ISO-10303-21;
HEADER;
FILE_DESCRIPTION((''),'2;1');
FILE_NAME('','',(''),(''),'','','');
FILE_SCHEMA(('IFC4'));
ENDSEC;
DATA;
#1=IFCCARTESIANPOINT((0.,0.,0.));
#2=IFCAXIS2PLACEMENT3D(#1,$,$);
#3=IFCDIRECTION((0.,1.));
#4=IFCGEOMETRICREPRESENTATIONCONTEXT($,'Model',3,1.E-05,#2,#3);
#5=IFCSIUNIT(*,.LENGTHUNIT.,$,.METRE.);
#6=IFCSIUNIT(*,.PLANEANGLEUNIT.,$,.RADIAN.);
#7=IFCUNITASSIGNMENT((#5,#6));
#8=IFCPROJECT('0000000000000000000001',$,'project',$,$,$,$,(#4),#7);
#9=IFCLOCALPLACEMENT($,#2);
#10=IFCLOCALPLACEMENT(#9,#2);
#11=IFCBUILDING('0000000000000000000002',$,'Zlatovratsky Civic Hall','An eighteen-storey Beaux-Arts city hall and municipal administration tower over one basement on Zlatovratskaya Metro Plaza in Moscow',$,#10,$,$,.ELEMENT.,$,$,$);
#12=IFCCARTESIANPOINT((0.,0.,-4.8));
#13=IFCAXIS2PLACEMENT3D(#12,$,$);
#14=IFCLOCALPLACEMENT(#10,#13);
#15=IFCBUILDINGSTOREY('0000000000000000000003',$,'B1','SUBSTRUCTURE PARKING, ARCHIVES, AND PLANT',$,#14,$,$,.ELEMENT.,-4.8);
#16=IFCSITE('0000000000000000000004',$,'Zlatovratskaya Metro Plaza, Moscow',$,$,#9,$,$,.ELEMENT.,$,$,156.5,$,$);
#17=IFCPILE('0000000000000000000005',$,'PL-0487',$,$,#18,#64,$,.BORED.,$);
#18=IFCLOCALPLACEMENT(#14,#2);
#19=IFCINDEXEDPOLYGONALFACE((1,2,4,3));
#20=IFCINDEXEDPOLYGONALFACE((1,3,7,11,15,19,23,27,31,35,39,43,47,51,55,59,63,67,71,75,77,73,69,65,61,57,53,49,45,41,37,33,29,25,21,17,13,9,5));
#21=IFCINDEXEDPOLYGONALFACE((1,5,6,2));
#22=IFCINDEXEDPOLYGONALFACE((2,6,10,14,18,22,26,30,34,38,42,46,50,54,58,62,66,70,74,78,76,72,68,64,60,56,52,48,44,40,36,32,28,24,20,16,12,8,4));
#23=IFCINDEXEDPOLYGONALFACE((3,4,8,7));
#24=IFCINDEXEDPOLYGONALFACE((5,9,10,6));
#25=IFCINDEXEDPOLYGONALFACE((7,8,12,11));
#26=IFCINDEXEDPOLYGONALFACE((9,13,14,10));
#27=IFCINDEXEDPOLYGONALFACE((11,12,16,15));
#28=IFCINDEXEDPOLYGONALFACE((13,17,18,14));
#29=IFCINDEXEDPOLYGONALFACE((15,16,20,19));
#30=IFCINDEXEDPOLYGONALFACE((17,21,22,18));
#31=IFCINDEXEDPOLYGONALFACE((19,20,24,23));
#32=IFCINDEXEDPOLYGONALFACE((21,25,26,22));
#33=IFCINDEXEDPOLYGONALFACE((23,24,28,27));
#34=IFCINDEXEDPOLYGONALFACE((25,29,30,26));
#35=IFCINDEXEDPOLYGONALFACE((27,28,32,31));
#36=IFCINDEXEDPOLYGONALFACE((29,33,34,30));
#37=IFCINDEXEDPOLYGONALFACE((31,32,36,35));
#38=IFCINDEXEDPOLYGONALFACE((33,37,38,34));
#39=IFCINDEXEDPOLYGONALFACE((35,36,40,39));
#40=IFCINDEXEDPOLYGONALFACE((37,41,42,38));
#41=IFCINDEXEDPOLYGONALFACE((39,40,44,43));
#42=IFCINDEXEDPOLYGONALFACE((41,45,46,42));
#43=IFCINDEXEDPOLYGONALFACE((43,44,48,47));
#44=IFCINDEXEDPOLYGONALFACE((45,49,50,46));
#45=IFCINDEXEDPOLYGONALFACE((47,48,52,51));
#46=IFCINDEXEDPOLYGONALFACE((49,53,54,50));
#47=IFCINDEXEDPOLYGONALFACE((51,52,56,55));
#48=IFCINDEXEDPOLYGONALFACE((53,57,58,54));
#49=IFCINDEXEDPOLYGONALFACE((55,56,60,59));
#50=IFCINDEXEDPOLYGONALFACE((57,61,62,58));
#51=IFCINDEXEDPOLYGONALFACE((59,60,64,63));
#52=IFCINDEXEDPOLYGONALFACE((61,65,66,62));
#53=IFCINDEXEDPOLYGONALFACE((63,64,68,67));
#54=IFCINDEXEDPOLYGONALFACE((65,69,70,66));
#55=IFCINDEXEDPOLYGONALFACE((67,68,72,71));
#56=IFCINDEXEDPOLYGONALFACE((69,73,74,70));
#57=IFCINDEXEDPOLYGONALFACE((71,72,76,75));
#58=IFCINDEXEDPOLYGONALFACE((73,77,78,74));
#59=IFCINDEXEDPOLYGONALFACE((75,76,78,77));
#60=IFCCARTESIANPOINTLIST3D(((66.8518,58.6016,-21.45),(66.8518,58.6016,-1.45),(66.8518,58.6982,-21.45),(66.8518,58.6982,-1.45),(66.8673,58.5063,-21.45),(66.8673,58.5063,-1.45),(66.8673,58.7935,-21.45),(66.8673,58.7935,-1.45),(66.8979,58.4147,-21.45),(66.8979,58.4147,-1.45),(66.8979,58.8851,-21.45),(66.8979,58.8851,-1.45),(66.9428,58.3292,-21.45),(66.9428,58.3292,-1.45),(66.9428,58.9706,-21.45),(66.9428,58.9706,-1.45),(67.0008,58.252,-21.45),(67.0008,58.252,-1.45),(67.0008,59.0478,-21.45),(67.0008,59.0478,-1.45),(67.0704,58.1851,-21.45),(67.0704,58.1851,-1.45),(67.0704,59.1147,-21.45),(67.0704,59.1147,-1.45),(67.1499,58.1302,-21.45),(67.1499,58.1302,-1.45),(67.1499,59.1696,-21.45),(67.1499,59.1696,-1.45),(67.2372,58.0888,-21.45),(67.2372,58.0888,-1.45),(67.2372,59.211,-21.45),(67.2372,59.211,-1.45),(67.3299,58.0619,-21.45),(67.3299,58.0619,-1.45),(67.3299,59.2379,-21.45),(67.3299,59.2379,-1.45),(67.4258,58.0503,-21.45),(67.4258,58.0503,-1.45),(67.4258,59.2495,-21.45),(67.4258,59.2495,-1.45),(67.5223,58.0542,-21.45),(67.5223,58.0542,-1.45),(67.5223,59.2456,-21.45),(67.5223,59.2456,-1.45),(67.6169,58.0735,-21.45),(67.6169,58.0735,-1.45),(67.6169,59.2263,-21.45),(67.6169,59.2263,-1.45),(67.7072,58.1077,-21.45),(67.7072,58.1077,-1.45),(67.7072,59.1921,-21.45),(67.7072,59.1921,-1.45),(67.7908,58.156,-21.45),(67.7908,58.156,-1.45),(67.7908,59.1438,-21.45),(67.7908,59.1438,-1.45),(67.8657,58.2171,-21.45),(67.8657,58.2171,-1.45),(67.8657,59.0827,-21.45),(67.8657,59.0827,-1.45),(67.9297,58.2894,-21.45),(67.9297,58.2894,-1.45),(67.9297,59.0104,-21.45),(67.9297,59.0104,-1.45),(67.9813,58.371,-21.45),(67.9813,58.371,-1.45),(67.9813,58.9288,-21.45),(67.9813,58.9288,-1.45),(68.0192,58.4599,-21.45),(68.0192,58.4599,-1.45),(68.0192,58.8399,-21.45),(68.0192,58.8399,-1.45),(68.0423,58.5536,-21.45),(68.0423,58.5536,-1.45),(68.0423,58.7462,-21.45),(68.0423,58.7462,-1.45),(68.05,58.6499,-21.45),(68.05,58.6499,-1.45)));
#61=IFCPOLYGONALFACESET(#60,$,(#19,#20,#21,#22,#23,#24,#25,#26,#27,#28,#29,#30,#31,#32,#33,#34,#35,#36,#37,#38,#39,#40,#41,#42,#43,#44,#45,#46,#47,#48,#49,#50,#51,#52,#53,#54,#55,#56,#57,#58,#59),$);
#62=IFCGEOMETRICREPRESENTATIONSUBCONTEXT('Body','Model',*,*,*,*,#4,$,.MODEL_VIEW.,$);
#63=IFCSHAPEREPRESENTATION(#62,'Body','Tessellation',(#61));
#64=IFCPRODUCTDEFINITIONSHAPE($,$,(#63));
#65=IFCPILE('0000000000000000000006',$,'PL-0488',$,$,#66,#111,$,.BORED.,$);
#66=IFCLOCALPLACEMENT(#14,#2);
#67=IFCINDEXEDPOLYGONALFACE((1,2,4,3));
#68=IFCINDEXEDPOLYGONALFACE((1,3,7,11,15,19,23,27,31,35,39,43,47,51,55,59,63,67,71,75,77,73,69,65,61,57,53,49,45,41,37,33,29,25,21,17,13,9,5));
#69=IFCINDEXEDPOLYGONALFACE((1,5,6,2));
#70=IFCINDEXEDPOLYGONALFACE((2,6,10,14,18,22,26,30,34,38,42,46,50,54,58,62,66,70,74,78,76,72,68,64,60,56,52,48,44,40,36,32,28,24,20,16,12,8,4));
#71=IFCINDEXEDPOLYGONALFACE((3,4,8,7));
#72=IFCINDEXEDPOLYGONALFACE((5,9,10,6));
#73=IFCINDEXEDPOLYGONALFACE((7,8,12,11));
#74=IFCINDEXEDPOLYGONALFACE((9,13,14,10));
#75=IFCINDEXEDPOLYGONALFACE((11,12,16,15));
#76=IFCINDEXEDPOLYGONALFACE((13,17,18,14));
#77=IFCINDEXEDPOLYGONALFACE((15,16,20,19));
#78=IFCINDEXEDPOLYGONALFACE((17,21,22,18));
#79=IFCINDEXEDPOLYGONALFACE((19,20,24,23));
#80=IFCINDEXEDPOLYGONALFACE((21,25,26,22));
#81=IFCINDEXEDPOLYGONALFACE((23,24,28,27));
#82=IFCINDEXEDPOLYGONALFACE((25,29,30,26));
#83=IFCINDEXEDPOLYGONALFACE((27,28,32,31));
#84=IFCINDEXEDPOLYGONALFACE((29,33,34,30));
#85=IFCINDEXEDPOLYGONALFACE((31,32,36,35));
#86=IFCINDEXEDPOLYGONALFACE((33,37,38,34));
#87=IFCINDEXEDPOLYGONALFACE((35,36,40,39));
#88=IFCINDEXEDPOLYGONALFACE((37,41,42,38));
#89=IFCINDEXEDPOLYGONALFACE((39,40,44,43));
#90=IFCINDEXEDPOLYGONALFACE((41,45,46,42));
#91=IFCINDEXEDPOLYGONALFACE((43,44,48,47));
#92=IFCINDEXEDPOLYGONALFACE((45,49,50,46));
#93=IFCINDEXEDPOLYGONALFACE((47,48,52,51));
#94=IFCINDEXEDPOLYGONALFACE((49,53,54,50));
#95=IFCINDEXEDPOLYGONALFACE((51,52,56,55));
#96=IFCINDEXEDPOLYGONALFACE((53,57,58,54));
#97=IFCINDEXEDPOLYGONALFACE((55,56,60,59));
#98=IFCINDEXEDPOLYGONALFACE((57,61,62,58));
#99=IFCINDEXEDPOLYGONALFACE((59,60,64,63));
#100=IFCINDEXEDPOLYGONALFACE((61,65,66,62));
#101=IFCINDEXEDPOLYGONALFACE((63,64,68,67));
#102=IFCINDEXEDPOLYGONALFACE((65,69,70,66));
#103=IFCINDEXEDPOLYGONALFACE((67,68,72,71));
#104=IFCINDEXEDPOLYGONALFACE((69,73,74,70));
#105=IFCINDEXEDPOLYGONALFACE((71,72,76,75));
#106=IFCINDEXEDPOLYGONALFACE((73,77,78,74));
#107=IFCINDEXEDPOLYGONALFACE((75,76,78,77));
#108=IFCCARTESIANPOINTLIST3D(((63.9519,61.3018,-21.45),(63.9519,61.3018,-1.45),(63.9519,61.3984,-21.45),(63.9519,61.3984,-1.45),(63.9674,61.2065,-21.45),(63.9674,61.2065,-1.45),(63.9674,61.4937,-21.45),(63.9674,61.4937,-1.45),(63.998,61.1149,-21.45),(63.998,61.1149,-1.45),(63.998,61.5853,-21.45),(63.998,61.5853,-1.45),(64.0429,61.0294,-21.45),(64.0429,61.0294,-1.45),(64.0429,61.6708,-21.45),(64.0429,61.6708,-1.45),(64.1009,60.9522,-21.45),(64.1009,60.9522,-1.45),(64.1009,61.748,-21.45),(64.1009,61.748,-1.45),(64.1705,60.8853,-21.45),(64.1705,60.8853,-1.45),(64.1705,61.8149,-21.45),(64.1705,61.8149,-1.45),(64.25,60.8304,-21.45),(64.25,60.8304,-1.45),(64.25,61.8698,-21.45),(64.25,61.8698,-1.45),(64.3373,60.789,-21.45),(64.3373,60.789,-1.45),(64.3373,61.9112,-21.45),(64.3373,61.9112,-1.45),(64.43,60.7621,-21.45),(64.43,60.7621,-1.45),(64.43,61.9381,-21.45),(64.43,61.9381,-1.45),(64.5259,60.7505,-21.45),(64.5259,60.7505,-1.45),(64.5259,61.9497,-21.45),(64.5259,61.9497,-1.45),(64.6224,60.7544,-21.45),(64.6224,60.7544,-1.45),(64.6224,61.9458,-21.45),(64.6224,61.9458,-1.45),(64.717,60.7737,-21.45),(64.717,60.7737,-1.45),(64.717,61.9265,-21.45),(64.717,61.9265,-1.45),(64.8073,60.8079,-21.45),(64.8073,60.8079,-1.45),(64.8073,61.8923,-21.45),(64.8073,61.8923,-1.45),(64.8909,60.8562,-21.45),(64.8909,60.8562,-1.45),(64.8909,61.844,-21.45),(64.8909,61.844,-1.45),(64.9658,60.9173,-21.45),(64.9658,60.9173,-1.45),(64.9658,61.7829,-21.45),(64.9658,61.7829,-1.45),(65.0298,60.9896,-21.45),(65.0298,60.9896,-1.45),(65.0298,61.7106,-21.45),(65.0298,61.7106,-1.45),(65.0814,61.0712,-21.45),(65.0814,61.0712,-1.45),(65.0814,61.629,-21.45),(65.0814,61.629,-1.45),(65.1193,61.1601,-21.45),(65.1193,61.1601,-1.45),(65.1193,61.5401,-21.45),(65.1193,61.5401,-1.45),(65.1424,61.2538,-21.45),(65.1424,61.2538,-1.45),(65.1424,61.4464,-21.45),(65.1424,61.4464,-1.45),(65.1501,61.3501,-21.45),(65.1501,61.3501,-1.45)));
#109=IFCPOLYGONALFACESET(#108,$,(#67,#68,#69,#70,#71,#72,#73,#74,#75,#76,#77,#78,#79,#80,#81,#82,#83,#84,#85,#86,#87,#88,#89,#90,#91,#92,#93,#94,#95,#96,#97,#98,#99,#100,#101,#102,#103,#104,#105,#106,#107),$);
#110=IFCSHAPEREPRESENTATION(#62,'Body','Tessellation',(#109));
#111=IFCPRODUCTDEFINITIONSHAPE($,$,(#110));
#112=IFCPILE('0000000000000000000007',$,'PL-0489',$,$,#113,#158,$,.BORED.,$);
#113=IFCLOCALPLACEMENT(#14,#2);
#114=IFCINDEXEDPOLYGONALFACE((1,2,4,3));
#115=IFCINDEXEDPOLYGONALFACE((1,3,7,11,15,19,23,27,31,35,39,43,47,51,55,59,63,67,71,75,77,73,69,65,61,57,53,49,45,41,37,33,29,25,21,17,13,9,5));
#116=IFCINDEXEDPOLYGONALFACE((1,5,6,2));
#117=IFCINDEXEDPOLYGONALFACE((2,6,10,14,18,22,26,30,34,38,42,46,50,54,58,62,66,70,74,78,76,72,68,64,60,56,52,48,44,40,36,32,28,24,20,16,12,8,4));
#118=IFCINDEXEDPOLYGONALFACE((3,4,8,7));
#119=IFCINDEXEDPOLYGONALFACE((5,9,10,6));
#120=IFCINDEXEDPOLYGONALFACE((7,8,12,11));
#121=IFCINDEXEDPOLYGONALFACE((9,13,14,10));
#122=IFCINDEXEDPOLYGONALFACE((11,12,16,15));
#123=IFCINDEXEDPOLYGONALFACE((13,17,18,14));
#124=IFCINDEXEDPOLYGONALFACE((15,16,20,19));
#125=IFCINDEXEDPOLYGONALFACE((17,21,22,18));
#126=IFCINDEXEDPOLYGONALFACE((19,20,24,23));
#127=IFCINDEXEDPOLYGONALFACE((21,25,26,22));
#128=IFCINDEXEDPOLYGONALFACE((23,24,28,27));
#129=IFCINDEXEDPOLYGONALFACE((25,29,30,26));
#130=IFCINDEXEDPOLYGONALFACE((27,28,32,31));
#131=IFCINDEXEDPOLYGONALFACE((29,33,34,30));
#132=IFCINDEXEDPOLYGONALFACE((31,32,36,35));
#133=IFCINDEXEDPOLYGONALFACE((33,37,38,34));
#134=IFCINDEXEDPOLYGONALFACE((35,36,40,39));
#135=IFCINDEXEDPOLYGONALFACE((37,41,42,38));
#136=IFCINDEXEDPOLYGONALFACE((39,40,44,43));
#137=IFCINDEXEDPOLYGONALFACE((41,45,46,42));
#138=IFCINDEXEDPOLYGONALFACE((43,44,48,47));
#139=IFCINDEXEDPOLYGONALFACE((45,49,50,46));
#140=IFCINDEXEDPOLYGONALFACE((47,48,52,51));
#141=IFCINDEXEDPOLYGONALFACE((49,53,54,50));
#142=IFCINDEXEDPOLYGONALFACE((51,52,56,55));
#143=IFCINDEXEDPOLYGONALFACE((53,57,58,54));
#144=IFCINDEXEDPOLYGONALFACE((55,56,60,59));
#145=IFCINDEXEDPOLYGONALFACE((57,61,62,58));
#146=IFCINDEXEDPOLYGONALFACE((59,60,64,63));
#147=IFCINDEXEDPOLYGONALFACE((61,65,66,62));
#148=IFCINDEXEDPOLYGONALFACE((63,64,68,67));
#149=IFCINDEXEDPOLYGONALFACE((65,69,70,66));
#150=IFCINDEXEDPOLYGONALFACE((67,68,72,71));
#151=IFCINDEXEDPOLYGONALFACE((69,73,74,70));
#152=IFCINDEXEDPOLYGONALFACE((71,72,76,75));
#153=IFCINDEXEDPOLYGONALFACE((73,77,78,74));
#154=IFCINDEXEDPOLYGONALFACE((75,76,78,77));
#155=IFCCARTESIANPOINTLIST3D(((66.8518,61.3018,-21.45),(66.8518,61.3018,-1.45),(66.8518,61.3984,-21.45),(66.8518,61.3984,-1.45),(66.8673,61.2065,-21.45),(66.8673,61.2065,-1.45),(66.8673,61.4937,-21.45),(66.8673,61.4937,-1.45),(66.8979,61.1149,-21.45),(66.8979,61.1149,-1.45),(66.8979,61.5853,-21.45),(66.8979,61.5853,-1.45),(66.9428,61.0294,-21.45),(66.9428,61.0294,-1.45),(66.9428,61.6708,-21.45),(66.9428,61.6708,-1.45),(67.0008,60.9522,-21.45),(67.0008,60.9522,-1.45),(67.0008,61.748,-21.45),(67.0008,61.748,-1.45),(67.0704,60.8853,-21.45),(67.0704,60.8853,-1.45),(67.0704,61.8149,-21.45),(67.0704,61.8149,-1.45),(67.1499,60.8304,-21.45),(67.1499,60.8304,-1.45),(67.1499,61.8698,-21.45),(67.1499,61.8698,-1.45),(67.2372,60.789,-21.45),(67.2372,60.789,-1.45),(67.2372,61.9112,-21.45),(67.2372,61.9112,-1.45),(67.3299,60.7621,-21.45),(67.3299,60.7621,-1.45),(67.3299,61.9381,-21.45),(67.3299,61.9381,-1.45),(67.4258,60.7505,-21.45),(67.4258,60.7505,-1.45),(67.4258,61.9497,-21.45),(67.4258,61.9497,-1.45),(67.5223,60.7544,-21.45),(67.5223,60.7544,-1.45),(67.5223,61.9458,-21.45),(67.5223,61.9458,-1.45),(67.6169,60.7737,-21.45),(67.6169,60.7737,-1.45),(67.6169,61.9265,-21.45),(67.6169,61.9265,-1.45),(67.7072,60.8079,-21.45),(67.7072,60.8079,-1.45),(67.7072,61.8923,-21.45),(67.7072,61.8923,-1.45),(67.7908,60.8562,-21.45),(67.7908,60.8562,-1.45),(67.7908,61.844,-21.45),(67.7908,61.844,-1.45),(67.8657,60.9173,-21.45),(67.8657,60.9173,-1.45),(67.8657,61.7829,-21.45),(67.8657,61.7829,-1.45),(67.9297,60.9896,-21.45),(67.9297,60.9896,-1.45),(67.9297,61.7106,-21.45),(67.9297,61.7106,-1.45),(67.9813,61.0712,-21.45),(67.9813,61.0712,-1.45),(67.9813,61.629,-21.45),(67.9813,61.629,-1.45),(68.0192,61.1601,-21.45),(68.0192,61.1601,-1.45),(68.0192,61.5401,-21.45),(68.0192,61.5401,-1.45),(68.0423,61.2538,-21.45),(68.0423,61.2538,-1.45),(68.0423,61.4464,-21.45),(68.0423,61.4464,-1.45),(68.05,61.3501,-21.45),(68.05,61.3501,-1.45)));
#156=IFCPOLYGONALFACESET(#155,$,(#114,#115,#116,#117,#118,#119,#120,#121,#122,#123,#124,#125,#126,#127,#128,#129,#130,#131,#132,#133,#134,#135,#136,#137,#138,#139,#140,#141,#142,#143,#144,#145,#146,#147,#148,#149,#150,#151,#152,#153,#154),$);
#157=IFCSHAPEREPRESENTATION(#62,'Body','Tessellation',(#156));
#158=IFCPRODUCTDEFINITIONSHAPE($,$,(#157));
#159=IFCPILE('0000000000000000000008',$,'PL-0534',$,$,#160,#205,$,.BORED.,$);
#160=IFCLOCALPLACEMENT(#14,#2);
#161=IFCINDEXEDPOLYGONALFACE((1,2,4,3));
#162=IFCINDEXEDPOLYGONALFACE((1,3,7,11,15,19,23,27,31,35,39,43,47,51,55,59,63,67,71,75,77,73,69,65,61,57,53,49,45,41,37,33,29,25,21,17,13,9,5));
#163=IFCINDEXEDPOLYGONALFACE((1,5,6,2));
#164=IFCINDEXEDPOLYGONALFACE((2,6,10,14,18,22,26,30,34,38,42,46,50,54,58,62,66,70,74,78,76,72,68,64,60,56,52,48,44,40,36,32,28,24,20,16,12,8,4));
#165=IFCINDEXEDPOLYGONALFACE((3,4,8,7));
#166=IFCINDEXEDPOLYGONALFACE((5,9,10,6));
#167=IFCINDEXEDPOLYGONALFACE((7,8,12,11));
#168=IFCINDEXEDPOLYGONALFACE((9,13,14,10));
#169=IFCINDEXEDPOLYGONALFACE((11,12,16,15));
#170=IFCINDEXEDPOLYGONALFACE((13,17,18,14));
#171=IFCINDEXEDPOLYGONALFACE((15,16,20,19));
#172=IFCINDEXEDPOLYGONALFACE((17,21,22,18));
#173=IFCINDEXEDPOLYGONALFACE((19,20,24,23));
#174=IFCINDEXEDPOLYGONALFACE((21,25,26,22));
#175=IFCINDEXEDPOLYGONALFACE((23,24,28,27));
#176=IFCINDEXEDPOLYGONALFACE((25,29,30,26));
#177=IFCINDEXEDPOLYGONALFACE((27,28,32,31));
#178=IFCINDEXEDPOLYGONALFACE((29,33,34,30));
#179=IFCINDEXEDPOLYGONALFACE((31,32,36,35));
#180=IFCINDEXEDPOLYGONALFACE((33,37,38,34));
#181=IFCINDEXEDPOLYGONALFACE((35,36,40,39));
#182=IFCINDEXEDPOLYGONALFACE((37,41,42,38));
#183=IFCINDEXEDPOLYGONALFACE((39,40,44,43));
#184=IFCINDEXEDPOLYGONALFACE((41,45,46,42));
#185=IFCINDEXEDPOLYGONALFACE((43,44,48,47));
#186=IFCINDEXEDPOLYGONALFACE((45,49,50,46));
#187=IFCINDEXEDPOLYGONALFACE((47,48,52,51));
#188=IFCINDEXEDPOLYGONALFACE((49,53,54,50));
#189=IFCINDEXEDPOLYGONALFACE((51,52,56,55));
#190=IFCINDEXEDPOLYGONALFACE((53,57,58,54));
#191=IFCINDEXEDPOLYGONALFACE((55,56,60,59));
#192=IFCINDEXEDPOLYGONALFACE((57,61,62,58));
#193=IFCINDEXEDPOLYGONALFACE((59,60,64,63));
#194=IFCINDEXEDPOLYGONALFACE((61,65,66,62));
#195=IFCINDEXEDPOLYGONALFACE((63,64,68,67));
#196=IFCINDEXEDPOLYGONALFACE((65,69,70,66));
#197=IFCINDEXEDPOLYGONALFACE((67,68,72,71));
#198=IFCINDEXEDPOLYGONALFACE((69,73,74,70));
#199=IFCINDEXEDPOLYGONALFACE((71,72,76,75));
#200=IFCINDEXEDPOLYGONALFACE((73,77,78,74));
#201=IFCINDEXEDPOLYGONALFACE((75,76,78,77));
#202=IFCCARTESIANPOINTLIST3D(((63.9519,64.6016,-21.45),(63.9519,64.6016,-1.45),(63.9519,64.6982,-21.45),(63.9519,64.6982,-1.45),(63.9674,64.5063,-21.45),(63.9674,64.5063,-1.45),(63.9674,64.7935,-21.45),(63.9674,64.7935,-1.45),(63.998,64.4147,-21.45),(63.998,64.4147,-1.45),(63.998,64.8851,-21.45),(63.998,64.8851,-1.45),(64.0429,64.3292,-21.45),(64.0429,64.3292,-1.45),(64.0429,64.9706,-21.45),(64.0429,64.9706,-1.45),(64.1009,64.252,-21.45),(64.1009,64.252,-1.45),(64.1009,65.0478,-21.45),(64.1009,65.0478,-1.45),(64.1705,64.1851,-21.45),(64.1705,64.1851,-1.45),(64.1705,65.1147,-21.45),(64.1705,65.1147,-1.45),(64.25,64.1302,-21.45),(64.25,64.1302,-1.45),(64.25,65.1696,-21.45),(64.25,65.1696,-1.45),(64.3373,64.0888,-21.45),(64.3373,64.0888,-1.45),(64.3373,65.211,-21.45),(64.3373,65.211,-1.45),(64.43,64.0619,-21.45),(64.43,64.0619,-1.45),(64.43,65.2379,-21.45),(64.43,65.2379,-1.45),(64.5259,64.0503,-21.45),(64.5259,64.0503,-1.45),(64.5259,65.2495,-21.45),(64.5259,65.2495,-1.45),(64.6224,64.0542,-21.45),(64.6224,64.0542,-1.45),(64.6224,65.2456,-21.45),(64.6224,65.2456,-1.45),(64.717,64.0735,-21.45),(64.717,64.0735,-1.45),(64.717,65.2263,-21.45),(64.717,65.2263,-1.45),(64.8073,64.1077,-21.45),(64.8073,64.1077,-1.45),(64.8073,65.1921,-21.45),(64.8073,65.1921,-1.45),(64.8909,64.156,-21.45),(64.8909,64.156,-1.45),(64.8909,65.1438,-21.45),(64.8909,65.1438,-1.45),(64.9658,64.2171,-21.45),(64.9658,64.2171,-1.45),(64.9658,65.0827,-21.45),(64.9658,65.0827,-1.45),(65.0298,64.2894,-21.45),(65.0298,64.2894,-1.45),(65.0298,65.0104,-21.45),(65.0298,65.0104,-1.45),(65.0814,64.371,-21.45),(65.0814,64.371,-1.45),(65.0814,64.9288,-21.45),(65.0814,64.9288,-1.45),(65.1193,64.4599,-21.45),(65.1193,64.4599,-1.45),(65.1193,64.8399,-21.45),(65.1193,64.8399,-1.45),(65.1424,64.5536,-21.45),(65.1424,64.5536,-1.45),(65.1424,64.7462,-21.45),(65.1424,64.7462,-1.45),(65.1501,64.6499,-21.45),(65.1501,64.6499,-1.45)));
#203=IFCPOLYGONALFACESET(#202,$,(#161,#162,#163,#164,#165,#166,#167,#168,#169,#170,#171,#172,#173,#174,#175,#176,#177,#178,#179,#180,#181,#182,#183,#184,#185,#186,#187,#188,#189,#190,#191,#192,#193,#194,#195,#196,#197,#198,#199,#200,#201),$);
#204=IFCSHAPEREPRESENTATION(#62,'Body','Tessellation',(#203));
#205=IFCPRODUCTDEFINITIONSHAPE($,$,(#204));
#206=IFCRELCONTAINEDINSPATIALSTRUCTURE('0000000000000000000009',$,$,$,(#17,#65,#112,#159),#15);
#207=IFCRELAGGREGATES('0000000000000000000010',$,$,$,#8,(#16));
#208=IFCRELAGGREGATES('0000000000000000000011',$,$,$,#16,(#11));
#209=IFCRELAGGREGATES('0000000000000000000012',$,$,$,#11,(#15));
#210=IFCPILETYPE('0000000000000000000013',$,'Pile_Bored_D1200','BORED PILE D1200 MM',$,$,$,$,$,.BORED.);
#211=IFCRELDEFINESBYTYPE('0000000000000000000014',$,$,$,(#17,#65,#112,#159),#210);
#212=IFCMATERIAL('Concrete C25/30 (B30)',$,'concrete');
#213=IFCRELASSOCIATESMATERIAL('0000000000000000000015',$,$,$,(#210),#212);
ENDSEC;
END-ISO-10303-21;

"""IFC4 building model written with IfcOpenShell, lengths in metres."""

from ifc_helpers import new_model, si_unit, direction, frame, origin, origin_2d, place, context, subcontext, project, spatial, circle, extrude, material, material_profile, profile_set, type_object, element, save


model = new_model("IFC4")

# Units and contexts
model_context = context("Model", 3, precision=1e-05, world=origin(), true_north=direction((0.0, 1.0)))
body_context = subcontext(model_context, "Body", "Model", "MODEL_VIEW")
ifc_project = project(units=[si_unit("LENGTHUNIT", "METRE"), si_unit("PLANEANGLEUNIT", "RADIAN")], contexts=[model_context])

# Site, building, storey
site_placement = place(None, origin())
site = spatial("IfcSite", under=ifc_project, at=site_placement, Name="Zlatovratskaya Metro Plaza, Moscow", CompositionType="ELEMENT", RefElevation=156.5)
building_placement = place(site_placement, origin())
building = spatial("IfcBuilding", under=site, at=building_placement, Name="Zlatovratsky Civic Hall", Description="An eighteen-storey Beaux-Arts city hall and municipal administration tower over one basement on Zlatovratskaya Metro Plaza in Moscow", CompositionType="ELEMENT")
storey_placement = place(building_placement, frame((0.0, 0.0, -4.8)))
storey = spatial("IfcBuildingStorey", under=building, at=storey_placement, Name="B1", Description="SUBSTRUCTURE PARKING, ARCHIVES, AND PLANT", CompositionType="ELEMENT", Elevation=-4.8)

# Shared definitions
ifc_material_1 = material(Name="Concrete C25/30 (B30)", Category="concrete")

# Piles
ifc_material_profile_1 = material_profile(ifc_material_1, circle(Radius=0.6001, at=origin_2d()), Name="PILE D1200")
ifc_profile_set_1 = profile_set([ifc_material_profile_1], Name="Concrete C25/30 (B30)")
pile_type_1 = type_object("IfcPileType", Name="Pile_Bored_D1200", Description="BORED PILE D1200 MM", PredefinedType="BORED", material=ifc_profile_set_1)
for number, where, z_axis, x_axis, name in (
    (1, (67.45, 58.6499, -1.45), (0.0, 0.0, -1.0), (1.0, 0.0, 0.0), "PL-0487"),
    (2, (64.55, 61.3501, -1.45), (0.0, 0.0, -1.0), (1.0, 0.0, 0.0), "PL-0488"),
    (3, (67.45, 61.3501, -1.45), (0.0, 0.0, -1.0), (1.0, 0.0, 0.0), "PL-0489"),
    (4, (64.55, 64.6499, -1.45), (0.0, 0.0, -1.0), (1.0, 0.0, 0.0), "PL-0534"),
):
    element("IfcPile", number, at=place(storey_placement, frame(where, z_axis=z_axis, x_axis=x_axis)), inside=storey, type_object=pile_type_1, Name=name, PredefinedType="BORED", context=body_context, shape_type="SweptSolid", body=[
        extrude(circle(Radius=0.6001, at=origin_2d()), origin(), (0.0, 0.0, 1.0), 20.0),
    ])

save(model, "model.ifc")
